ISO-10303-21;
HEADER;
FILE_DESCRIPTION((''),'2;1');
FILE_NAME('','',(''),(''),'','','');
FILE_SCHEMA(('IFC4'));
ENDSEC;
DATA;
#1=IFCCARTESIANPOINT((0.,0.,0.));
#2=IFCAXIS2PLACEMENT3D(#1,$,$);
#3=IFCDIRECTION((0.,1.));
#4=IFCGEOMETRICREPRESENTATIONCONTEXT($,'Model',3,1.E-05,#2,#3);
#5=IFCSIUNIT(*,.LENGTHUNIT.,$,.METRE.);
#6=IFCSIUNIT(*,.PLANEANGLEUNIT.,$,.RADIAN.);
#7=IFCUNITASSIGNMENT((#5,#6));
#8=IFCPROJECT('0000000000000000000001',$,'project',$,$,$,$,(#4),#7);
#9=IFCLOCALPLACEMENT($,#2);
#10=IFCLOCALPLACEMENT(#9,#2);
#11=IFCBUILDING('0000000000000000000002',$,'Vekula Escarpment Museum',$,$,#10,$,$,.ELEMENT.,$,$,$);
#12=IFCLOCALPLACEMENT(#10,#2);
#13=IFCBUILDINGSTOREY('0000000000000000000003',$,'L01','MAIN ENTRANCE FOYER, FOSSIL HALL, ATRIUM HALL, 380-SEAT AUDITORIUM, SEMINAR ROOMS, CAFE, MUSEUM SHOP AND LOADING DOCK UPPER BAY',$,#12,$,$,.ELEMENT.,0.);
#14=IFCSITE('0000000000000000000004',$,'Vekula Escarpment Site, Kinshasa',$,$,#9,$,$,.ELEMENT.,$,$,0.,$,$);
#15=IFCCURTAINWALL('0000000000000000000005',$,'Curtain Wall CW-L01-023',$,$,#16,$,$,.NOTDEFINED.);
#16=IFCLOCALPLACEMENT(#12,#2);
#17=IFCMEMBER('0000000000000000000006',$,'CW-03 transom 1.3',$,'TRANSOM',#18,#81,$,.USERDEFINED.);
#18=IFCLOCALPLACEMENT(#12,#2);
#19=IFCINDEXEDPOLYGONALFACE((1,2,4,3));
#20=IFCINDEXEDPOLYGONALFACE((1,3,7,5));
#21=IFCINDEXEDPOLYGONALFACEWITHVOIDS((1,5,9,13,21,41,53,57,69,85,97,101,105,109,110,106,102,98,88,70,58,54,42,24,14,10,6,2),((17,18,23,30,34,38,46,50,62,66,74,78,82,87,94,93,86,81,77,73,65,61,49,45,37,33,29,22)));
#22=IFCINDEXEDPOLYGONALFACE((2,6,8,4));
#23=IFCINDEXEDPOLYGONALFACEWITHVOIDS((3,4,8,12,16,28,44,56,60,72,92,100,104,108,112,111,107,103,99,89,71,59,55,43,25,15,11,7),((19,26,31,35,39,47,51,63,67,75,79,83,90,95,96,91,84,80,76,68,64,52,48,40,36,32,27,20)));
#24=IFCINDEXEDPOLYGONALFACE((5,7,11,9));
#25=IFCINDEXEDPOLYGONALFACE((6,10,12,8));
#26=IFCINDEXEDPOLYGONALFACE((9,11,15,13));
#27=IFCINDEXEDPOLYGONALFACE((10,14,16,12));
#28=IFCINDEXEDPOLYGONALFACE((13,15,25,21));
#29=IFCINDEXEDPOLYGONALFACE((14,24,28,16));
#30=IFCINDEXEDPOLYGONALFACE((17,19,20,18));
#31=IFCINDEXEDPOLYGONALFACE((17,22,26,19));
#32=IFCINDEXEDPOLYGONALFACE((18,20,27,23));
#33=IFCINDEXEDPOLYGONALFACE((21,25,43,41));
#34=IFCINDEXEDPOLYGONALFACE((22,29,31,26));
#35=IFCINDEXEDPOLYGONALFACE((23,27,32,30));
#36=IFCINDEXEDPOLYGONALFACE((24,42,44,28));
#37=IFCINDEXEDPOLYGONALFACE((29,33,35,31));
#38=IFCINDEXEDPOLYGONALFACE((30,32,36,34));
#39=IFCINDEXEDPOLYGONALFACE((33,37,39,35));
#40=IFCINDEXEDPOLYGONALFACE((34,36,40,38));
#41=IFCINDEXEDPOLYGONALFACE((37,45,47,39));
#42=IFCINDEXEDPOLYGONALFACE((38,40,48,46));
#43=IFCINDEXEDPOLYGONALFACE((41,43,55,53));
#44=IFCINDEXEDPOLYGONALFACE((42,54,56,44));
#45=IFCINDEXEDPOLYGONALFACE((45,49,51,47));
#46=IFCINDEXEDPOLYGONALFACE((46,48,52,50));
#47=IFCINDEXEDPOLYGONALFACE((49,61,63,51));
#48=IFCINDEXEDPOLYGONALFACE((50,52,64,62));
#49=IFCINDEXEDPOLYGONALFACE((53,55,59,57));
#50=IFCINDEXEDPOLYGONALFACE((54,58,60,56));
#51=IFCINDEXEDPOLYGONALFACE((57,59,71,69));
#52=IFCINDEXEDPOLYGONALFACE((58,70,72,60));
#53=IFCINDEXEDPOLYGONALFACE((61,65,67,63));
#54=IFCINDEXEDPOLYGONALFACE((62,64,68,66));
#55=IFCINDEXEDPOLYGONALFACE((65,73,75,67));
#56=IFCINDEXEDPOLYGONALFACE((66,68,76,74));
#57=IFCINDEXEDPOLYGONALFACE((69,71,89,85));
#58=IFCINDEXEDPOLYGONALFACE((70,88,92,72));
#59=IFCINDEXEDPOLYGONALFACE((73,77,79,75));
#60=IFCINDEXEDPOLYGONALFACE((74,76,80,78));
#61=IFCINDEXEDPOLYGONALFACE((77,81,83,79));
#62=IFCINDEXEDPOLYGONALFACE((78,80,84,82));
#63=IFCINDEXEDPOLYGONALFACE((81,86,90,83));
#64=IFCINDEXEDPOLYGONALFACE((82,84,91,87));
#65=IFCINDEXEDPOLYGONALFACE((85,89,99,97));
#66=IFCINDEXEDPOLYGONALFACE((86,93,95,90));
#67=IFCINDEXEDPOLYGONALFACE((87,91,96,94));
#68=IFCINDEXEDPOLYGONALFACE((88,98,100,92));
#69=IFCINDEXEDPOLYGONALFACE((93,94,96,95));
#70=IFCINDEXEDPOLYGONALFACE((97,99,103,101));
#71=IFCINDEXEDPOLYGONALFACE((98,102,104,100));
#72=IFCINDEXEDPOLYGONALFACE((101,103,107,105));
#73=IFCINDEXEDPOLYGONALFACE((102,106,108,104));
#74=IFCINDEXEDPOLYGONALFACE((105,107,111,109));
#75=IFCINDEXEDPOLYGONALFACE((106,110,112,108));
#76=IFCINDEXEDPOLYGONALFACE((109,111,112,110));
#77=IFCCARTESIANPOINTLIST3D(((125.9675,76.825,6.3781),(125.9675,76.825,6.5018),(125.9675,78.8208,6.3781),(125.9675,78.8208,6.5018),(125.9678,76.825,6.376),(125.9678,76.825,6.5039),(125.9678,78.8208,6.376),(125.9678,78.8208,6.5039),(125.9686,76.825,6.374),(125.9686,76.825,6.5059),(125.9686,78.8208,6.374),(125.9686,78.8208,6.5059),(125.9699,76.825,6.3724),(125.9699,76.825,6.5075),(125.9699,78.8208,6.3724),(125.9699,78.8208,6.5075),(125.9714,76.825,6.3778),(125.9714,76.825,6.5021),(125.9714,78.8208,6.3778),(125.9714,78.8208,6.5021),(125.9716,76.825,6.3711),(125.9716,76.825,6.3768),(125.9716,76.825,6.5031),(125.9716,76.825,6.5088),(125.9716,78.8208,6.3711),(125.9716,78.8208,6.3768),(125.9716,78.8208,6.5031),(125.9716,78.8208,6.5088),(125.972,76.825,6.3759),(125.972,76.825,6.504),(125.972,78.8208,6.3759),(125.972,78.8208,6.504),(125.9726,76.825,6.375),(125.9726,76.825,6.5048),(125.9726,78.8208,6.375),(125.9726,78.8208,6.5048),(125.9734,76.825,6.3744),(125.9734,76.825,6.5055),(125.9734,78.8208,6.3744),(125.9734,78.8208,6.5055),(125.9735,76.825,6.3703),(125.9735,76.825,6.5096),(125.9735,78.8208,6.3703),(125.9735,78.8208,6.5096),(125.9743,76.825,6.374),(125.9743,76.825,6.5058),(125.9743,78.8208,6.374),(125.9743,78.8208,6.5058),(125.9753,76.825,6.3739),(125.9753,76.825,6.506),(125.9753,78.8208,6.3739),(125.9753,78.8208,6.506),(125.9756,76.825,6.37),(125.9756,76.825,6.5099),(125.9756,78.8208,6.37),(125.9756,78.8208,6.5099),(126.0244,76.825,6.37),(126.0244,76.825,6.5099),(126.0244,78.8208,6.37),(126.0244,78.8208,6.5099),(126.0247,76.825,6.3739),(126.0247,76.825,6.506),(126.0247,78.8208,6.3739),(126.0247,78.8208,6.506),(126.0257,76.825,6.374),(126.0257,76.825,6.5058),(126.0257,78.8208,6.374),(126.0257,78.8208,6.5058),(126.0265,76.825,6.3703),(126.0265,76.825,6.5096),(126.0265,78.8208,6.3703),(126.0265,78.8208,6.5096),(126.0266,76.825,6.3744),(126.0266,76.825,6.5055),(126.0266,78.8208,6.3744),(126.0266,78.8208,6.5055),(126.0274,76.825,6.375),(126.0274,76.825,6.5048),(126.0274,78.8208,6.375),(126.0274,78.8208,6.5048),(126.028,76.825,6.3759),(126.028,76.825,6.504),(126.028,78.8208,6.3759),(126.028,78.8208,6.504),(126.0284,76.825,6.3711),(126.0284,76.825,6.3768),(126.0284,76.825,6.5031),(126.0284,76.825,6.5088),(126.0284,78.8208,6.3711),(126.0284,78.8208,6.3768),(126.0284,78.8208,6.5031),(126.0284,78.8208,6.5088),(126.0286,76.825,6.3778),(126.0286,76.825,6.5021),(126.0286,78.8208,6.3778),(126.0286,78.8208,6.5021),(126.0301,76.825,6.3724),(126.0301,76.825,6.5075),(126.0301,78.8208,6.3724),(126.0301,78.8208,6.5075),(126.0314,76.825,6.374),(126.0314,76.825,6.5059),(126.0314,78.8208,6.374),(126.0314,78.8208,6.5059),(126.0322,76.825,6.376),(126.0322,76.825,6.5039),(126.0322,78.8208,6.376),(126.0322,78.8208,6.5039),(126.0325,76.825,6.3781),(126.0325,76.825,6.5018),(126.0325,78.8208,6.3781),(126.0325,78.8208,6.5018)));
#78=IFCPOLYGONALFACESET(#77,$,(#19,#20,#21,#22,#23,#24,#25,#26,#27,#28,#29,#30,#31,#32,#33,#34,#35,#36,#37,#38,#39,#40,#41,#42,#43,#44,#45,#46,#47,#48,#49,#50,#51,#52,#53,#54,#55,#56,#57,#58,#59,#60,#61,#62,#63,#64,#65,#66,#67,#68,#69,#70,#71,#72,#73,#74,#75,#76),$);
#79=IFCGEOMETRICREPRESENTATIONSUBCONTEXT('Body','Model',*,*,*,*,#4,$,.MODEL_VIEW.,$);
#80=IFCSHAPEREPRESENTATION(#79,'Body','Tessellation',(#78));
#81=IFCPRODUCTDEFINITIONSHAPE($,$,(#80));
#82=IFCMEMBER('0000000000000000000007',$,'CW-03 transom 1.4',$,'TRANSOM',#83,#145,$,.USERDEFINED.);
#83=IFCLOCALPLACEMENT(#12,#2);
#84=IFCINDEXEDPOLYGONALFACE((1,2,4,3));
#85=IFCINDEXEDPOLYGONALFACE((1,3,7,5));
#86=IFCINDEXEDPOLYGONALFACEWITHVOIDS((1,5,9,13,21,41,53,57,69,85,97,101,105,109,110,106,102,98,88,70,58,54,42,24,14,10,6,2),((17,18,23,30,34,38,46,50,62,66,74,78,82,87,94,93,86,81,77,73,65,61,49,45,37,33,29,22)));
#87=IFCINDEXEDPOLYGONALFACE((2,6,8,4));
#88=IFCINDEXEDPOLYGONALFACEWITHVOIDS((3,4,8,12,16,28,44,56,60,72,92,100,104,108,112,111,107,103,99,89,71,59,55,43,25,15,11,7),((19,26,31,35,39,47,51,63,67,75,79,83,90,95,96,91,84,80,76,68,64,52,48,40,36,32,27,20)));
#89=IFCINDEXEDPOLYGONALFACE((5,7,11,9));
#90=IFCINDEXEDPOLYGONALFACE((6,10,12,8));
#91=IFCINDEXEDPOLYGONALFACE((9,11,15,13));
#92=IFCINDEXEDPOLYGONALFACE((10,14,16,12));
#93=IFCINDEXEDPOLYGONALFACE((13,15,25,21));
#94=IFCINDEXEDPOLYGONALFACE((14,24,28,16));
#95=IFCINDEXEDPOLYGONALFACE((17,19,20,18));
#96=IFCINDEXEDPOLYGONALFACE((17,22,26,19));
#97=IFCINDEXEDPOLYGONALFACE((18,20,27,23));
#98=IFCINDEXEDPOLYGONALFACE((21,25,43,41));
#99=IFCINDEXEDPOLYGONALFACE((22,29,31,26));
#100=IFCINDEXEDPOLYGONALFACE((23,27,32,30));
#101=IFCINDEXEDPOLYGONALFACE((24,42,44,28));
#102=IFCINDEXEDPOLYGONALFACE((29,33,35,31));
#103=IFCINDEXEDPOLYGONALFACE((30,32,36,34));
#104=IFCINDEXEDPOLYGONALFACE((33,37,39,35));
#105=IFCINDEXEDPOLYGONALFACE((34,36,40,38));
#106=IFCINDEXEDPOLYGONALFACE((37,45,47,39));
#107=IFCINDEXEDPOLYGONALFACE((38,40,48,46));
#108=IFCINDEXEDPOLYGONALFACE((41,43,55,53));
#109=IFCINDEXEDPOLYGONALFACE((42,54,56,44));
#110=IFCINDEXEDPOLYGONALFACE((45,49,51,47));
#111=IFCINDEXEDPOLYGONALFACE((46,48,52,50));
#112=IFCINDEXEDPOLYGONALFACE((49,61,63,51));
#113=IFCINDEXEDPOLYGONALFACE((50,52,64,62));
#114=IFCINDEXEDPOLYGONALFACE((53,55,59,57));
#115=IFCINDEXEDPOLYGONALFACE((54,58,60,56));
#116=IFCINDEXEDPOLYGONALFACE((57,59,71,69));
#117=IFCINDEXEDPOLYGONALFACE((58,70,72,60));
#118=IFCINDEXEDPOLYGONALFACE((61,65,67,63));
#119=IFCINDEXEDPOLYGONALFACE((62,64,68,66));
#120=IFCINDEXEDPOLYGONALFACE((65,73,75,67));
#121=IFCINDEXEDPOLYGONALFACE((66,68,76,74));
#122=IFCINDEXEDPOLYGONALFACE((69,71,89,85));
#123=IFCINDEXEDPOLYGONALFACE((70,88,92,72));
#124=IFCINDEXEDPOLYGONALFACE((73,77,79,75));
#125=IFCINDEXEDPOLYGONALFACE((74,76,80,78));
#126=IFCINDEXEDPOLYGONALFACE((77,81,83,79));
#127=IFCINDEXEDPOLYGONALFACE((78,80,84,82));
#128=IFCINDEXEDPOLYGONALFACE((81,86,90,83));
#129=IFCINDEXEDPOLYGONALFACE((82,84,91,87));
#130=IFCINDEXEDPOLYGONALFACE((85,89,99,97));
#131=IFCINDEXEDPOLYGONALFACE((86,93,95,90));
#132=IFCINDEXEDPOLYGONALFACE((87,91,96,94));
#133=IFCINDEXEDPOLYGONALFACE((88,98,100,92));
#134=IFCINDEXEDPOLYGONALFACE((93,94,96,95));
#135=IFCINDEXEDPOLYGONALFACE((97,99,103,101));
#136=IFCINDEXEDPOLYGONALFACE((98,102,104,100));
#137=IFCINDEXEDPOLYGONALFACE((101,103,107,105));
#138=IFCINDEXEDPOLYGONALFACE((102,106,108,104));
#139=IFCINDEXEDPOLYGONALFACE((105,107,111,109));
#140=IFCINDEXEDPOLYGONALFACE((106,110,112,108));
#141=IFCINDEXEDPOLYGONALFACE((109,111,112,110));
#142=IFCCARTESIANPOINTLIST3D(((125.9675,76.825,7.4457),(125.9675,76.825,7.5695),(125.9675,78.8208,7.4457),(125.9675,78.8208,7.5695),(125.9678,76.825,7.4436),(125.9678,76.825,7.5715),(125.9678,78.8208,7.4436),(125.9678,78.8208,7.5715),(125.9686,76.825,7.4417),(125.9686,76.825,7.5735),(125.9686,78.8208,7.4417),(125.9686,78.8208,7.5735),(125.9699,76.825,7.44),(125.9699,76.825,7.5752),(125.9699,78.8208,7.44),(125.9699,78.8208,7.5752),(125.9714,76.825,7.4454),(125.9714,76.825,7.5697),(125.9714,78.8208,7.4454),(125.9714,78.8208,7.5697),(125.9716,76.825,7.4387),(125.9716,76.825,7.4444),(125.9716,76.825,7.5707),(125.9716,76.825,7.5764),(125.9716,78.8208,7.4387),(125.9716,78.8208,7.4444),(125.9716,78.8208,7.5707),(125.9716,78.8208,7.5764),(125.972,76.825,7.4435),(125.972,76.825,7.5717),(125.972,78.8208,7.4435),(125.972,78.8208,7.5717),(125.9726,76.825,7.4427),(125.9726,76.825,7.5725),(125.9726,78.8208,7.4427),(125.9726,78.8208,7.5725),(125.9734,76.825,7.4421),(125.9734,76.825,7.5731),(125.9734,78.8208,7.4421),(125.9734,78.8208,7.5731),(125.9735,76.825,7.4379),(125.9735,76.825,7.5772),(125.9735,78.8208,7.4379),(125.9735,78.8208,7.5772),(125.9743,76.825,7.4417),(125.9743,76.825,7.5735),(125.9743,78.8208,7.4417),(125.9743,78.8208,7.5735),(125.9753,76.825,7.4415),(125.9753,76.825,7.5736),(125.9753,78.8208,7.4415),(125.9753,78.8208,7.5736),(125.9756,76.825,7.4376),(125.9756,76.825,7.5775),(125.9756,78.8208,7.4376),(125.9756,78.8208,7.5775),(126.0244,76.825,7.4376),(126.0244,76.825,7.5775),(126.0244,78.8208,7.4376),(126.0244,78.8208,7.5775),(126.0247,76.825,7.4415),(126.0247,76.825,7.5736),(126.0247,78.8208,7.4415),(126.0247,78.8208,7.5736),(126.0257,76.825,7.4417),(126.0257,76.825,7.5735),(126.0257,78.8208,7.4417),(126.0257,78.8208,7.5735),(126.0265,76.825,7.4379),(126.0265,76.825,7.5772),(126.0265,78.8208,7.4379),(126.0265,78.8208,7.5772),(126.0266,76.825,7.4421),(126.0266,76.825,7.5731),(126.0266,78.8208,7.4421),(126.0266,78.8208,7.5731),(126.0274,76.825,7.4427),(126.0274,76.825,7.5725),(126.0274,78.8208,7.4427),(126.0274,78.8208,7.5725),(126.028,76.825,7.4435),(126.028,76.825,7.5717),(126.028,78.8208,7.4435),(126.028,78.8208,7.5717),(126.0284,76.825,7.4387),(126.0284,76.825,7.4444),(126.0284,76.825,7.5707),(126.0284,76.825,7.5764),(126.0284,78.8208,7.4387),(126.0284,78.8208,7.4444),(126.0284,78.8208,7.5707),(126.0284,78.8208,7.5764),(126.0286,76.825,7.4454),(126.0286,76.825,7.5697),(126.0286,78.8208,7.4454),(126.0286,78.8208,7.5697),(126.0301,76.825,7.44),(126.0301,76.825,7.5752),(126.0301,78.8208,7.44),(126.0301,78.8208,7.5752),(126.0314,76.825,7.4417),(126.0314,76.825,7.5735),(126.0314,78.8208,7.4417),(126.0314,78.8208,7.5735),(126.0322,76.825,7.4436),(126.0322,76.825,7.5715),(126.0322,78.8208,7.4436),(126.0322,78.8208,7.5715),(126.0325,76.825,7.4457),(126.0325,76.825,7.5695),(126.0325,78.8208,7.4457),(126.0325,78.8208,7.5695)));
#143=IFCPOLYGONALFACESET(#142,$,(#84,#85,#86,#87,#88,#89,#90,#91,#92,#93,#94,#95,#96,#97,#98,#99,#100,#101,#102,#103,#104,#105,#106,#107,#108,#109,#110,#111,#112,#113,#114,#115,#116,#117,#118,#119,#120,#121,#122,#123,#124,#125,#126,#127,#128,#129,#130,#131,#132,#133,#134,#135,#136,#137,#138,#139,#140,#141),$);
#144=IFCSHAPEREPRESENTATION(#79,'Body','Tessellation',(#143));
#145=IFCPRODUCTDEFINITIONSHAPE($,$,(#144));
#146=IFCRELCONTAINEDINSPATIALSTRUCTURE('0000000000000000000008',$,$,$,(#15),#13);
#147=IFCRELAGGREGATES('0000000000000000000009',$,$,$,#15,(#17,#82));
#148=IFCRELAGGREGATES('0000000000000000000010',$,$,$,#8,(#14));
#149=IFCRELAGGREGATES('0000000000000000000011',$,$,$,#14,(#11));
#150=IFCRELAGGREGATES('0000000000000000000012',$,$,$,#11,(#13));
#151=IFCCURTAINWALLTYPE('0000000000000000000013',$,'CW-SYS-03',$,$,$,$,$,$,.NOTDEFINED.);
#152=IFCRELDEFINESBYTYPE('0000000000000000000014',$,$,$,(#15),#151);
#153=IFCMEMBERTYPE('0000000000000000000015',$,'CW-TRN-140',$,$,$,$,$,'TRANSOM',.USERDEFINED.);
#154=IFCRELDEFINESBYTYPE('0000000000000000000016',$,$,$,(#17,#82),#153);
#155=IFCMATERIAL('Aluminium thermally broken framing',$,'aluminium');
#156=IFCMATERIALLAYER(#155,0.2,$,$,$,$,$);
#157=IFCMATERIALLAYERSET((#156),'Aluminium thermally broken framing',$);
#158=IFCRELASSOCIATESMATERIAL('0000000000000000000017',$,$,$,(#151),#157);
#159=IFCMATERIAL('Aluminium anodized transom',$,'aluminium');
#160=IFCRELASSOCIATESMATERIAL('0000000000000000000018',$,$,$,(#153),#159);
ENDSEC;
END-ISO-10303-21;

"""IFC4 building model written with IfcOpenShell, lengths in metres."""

from ifc_helpers import new_model, si_unit, direction, frame, origin, origin_2d, place, context, subcontext, project, spatial, hollow_rectangle, extrude, material, layer, layer_set, material_profile, profile_set, type_object, element, aggregate, save


model = new_model("IFC4")

# Units and contexts
model_context = context("Model", 3, precision=1e-05, world=origin(), true_north=direction((0.0, 1.0)))
body_context = subcontext(model_context, "Body", "Model", "MODEL_VIEW")
ifc_project = project(units=[si_unit("LENGTHUNIT", "METRE"), si_unit("PLANEANGLEUNIT", "RADIAN")], contexts=[model_context])

# Site, building, storey
site_placement = place(None, origin())
site = spatial("IfcSite", under=ifc_project, at=site_placement, Name="Vekula Escarpment Site, Kinshasa", CompositionType="ELEMENT", RefElevation=0.0)
building_placement = place(site_placement, origin())
building = spatial("IfcBuilding", under=site, at=building_placement, Name="Vekula Escarpment Museum", CompositionType="ELEMENT")
storey_placement = place(building_placement, origin())
storey = spatial("IfcBuildingStorey", under=building, at=storey_placement, Name="L01", Description="MAIN ENTRANCE FOYER, FOSSIL HALL, ATRIUM HALL, 380-SEAT AUDITORIUM, SEMINAR ROOMS, CAFE, MUSEUM SHOP AND LOADING DOCK UPPER BAY", CompositionType="ELEMENT", Elevation=0.0)

# Curtain wall
ifc_material_1 = material(Name="Aluminium thermally broken framing", Category="aluminium")
ifc_layer_1 = layer(ifc_material_1, 0.2)
ifc_layer_set_1 = layer_set([ifc_layer_1], Name="Aluminium thermally broken framing")
curtain_wall_type_1 = type_object("IfcCurtainWallType", Name="CW-SYS-03", PredefinedType="NOTDEFINED", material=ifc_layer_set_1)
curtain_wall_1_placement = place(storey_placement, origin())
curtain_wall_1 = element("IfcCurtainWall", 1, at=curtain_wall_1_placement, inside=storey, type_object=curtain_wall_type_1, Name="Curtain Wall CW-L01-023", PredefinedType="NOTDEFINED")

# Members
ifc_material_2 = material(Name="Aluminium anodized transom", Category="aluminium")
ifc_material_profile_1 = material_profile(ifc_material_2, hollow_rectangle(XDim=0.0649, YDim=0.1399, WallThickness=0.0039, InnerFilletRadius=0.0039, OuterFilletRadius=0.0081, at=origin_2d()), Name="ALU 140x65x4")
ifc_profile_set_1 = profile_set([ifc_material_profile_1], Name="Aluminium anodized transom")
member_type_1 = type_object("IfcMemberType", Name="CW-TRN-140", ElementType="TRANSOM", PredefinedType="USERDEFINED", material=ifc_profile_set_1)
member_1_placement = place(storey_placement, frame((126.0, 76.825, 6.4399), z_axis=(0.0, 1.0, 0.0), x_axis=(-1.0, 0.0, 0.0)))
member_1 = element("IfcMember", 2, at=member_1_placement, type_object=member_type_1, Name="CW-03 transom 1.3", ObjectType="TRANSOM", PredefinedType="USERDEFINED", context=body_context, shape_type="SweptSolid", body=[
    extrude(hollow_rectangle(XDim=0.0649, YDim=0.1399, WallThickness=0.0039, InnerFilletRadius=0.0039, OuterFilletRadius=0.0081, at=origin_2d()), origin(), (0.0, 0.0, 1.0), 1.9958),
])
member_2_placement = place(storey_placement, frame((126.0, 76.825, 7.5076), z_axis=(0.0, 1.0, 0.0), x_axis=(-1.0, 0.0, 0.0)))
member_2 = element("IfcMember", 3, at=member_2_placement, type_object=member_type_1, Name="CW-03 transom 1.4", ObjectType="TRANSOM", PredefinedType="USERDEFINED", context=body_context, shape_type="SweptSolid", body=[
    extrude(hollow_rectangle(XDim=0.0649, YDim=0.1399, WallThickness=0.0039, InnerFilletRadius=0.0039, OuterFilletRadius=0.0081, at=origin_2d()), origin(), (0.0, 0.0, 1.0), 1.9958),
])

aggregate(curtain_wall_1, [member_1, member_2])

save(model, "model.ifc")
